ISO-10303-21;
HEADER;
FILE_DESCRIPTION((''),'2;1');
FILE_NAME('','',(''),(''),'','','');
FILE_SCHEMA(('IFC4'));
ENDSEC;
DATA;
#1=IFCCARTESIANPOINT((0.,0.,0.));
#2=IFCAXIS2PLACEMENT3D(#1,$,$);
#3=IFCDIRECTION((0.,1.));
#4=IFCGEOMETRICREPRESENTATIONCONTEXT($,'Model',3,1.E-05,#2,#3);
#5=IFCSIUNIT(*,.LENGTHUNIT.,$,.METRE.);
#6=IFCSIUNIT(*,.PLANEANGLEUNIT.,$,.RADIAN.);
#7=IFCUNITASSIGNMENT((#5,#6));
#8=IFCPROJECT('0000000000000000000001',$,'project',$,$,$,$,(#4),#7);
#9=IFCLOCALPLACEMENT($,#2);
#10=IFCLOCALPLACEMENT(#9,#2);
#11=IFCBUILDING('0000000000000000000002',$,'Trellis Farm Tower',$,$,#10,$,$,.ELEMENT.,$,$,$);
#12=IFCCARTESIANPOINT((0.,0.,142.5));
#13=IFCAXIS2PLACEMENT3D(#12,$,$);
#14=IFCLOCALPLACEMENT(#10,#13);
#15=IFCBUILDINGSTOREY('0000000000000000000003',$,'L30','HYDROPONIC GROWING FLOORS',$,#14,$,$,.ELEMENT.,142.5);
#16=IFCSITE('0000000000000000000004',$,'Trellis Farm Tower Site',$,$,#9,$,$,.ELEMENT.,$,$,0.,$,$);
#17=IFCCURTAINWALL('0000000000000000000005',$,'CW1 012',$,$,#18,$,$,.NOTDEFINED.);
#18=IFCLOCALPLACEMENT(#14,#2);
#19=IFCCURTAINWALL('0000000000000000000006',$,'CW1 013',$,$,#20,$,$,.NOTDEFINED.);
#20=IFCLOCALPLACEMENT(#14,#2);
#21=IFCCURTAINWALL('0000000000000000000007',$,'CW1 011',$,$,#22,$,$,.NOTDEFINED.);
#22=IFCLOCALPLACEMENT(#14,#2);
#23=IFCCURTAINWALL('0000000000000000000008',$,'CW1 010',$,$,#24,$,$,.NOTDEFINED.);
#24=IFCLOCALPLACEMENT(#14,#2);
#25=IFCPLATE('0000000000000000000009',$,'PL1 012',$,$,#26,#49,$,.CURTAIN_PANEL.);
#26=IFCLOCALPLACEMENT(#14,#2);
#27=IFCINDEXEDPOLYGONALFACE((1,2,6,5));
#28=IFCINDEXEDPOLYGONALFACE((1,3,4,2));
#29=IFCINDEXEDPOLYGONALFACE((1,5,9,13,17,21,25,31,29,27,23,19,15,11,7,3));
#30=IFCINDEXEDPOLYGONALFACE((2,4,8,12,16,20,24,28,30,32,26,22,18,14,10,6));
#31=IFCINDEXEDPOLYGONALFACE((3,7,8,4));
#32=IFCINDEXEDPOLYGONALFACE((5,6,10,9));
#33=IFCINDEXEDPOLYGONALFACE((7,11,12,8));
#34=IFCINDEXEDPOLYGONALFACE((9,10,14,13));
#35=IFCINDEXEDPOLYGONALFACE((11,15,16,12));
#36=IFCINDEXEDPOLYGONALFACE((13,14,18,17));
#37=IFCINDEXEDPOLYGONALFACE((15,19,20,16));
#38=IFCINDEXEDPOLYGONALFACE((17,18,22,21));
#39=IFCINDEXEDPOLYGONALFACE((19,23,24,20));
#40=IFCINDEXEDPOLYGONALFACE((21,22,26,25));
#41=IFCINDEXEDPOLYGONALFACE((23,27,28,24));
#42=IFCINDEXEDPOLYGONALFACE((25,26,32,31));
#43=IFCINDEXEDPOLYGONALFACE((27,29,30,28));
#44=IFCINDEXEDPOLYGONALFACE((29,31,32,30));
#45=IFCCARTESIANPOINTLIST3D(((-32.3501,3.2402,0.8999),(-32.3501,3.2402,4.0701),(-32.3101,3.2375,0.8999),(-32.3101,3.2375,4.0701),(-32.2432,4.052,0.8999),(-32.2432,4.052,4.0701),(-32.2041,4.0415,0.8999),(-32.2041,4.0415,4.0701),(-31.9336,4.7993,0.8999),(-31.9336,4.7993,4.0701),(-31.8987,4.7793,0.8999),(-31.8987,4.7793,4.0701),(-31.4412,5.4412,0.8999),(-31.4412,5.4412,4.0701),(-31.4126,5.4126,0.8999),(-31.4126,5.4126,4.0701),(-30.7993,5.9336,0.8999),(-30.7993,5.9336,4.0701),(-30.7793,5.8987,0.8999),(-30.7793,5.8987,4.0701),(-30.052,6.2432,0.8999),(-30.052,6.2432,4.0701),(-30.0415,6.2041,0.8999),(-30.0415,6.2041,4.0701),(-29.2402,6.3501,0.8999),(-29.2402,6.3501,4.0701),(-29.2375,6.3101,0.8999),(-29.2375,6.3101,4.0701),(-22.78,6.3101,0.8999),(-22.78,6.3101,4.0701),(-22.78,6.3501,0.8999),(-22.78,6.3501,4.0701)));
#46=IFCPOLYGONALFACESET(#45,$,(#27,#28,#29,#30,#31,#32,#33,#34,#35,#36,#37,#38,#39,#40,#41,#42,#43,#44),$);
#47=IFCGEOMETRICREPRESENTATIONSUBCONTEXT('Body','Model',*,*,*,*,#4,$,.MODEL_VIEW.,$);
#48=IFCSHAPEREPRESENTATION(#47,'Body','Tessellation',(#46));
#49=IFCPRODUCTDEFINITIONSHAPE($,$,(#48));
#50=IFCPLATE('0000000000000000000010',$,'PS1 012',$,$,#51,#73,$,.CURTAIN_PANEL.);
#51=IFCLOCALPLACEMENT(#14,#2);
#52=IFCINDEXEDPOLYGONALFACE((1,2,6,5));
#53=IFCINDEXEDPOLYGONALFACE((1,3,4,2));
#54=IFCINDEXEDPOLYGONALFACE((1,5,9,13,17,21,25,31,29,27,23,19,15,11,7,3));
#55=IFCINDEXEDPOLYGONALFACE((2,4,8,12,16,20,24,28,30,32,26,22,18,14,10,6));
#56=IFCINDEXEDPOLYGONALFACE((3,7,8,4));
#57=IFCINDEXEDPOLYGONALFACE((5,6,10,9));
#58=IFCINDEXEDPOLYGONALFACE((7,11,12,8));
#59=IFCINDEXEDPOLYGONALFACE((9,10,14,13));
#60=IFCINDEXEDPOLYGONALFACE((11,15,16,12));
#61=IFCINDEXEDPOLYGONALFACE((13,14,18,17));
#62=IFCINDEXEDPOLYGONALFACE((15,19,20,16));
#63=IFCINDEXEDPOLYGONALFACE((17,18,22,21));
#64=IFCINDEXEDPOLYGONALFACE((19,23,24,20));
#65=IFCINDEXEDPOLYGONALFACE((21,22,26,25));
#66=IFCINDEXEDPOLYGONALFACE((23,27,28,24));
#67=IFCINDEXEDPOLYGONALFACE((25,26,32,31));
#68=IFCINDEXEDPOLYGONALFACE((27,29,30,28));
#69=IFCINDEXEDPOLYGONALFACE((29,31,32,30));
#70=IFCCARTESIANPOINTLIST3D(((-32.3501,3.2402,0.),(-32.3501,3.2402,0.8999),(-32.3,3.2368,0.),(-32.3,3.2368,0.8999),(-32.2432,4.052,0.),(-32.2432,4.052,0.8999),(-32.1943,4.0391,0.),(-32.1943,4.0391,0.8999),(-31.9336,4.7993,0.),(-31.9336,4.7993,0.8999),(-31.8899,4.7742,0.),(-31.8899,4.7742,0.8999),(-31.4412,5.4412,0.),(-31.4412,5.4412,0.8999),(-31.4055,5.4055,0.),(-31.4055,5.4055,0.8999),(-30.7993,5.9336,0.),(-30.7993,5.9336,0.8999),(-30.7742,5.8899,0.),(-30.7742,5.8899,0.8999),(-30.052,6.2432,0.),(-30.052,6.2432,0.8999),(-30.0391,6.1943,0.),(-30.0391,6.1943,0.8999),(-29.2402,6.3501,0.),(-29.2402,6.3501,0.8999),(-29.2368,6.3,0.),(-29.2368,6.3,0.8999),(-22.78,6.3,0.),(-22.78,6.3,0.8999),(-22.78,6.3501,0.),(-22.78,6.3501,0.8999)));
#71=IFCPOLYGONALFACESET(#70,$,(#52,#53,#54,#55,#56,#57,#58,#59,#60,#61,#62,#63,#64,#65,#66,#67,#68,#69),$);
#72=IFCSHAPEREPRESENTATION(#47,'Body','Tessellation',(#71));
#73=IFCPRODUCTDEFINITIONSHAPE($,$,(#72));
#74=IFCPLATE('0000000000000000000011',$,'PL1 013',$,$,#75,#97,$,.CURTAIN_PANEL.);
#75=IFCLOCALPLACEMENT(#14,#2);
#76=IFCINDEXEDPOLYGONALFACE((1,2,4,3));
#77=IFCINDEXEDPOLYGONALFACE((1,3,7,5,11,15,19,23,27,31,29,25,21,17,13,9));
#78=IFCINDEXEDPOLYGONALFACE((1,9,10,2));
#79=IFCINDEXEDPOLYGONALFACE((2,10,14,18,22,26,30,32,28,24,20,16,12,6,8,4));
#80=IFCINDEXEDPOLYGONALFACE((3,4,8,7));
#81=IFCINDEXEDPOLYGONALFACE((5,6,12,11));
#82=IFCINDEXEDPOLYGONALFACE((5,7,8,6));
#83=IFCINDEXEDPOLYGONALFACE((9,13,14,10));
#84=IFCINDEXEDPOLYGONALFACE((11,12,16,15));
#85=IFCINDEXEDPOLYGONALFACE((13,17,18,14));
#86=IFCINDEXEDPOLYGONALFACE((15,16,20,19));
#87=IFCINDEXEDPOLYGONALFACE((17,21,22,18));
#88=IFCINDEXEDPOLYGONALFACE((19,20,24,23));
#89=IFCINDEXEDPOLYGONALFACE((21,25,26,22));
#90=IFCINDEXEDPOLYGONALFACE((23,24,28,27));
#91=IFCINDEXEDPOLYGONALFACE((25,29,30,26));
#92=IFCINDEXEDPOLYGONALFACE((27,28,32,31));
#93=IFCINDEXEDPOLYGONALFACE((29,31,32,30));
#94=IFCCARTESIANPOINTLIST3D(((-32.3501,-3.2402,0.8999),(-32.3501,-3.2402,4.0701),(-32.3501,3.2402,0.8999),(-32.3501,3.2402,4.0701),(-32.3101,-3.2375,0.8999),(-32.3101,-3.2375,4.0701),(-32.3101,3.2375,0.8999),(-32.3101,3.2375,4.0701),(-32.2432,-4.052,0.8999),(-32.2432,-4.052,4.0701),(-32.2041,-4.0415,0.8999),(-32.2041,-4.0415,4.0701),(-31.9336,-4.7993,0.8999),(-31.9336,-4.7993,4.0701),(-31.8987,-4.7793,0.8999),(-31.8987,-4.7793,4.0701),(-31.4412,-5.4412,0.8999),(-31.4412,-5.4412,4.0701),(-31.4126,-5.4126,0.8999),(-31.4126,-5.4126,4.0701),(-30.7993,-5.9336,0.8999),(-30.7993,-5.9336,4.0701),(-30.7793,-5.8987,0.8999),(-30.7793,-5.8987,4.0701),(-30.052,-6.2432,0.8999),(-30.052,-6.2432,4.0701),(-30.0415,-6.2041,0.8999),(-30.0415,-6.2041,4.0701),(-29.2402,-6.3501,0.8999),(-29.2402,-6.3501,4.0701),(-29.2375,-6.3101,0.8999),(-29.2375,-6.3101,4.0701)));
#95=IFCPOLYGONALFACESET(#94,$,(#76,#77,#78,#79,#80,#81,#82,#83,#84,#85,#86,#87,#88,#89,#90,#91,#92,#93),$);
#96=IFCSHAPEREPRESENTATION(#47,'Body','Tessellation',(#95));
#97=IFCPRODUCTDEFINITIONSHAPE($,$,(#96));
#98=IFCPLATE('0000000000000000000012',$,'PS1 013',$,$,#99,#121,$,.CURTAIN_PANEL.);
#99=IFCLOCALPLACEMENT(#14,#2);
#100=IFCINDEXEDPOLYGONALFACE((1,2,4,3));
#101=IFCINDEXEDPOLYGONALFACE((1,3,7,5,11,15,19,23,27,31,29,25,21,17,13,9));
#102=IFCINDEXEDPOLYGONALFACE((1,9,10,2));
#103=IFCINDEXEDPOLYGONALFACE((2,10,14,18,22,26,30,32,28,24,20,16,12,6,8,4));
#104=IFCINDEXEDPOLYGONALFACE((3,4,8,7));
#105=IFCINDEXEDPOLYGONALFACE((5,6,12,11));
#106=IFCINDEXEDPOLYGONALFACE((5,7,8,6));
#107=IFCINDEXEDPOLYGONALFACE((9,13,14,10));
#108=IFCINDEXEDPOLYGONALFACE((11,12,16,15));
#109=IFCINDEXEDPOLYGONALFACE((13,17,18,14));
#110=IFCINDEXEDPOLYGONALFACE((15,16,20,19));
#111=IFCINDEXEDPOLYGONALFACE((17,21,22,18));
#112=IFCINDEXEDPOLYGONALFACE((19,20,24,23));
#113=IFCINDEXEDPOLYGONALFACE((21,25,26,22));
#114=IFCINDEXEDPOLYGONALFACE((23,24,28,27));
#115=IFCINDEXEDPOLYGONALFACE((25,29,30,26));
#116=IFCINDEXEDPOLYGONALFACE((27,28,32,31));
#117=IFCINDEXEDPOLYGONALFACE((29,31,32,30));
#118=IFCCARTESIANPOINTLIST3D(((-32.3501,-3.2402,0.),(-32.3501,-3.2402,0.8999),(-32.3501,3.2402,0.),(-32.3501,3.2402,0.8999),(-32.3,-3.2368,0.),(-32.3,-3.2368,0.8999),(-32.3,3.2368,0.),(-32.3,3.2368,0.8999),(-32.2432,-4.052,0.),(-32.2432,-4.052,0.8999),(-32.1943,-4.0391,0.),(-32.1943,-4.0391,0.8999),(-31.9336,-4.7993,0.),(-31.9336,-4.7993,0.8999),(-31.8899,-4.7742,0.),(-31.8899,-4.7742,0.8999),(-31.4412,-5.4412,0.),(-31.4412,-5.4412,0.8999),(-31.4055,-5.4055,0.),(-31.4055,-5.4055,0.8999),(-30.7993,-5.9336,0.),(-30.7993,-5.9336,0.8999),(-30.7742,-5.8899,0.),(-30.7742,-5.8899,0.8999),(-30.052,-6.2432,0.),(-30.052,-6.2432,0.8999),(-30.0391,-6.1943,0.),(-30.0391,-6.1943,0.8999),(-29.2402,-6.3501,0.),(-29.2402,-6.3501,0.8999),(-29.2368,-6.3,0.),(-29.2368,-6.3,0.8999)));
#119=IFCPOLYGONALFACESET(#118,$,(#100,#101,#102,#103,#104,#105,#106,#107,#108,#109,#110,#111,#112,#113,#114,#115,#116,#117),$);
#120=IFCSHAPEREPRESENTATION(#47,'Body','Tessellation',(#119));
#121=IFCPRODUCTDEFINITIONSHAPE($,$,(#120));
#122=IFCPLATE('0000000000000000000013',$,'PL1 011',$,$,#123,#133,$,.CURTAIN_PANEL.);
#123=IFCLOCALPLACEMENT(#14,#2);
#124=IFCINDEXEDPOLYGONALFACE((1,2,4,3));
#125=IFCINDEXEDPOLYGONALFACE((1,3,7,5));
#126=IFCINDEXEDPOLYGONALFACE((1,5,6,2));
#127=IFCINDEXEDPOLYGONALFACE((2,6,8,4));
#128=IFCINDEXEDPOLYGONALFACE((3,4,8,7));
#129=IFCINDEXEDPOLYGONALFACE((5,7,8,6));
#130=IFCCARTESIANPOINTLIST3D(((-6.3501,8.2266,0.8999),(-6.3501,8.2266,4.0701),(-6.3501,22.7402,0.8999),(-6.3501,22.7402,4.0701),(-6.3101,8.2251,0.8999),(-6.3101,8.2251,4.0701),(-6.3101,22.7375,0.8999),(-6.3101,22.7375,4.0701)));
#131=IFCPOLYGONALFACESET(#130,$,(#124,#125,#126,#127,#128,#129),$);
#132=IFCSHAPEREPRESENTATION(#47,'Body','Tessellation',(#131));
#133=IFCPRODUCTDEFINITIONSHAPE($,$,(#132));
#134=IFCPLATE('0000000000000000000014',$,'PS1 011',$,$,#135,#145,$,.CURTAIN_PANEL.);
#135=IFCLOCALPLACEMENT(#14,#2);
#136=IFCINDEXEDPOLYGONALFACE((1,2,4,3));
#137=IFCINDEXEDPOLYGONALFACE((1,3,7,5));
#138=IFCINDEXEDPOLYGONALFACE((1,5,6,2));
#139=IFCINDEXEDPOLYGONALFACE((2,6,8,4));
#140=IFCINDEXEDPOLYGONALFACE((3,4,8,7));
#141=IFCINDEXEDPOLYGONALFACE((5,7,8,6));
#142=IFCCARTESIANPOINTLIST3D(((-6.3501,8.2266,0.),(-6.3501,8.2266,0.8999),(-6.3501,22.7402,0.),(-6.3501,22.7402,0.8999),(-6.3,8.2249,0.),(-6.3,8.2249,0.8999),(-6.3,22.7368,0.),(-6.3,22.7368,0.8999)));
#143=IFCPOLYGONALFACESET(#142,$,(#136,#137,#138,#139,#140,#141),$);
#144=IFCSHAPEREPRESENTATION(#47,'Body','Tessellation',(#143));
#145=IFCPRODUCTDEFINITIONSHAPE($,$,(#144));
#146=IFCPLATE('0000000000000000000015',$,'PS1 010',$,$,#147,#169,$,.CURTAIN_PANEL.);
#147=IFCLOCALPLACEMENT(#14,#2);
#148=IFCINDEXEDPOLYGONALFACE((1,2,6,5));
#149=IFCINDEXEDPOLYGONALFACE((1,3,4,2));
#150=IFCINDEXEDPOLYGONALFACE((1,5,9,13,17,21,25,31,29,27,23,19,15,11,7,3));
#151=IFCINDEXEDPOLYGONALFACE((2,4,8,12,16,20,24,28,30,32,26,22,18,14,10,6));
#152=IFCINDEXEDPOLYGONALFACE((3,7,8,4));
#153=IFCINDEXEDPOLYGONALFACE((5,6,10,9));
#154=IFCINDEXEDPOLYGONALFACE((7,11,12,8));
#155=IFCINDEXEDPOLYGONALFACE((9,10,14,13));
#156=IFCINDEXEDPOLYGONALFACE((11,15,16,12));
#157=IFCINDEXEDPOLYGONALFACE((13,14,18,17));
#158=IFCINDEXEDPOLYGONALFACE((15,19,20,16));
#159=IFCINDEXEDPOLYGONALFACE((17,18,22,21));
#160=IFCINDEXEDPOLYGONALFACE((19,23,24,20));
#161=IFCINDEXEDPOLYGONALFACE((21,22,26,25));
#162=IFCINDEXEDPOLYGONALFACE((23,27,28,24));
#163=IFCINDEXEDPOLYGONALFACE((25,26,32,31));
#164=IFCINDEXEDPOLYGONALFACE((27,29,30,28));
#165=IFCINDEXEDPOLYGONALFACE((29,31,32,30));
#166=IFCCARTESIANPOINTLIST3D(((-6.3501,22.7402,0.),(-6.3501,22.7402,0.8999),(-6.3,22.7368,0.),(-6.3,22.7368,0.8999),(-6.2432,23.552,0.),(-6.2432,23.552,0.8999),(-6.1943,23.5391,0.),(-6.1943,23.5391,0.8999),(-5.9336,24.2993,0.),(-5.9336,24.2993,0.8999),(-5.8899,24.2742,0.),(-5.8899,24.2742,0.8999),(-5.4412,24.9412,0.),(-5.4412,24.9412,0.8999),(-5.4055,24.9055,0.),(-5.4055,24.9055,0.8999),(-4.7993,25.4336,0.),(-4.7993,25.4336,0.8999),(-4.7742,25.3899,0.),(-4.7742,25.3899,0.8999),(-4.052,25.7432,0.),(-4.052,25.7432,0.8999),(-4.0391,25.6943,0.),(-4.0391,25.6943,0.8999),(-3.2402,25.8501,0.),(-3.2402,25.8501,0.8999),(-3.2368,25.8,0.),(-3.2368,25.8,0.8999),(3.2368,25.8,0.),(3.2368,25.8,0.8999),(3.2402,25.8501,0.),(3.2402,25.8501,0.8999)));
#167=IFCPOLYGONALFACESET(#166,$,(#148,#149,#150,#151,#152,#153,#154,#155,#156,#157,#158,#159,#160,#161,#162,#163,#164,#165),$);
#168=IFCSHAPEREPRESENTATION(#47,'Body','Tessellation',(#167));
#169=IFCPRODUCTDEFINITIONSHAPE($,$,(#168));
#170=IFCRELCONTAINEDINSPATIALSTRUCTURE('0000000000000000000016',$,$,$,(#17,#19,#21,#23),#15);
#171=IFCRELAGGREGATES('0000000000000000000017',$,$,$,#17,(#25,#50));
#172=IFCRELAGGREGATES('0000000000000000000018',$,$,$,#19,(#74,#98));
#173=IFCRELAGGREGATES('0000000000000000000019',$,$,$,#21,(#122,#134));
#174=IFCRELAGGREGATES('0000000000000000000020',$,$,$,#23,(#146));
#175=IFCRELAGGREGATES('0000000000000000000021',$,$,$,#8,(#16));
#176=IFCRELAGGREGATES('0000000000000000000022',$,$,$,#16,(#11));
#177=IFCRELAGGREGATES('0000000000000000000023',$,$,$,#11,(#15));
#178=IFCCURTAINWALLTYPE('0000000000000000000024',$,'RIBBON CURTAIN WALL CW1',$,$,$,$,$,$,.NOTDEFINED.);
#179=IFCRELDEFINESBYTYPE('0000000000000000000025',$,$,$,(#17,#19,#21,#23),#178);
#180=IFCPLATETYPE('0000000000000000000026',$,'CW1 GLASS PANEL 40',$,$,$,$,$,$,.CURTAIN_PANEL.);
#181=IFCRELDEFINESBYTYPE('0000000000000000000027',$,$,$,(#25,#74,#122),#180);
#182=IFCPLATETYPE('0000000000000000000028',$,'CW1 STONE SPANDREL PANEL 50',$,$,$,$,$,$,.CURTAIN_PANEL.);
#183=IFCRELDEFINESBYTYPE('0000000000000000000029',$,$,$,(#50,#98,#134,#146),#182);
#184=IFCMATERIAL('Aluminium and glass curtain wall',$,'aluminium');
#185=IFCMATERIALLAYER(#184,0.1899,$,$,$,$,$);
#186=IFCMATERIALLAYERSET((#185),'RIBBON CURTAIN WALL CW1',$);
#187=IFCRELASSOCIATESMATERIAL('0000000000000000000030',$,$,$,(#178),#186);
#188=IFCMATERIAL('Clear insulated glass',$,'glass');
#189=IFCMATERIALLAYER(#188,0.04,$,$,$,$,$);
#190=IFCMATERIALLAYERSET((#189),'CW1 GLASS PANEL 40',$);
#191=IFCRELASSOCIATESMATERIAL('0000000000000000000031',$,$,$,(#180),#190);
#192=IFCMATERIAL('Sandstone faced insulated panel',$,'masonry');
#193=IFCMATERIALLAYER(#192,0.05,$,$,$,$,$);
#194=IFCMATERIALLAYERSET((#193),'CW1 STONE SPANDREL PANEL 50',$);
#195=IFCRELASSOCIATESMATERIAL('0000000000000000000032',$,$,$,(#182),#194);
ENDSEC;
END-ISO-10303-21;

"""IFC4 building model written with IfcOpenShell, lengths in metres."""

from ifc_helpers import new_model, si_unit, direction, frame, origin, place, context, subcontext, project, spatial, polyline, outline, extrude, source, transform, mapped, material, layer, layer_set, type_object, element, aggregate, save


model = new_model("IFC4")

# Units and contexts
model_context = context("Model", 3, precision=1e-05, world=origin(), true_north=direction((0.0, 1.0)))
body_context = subcontext(model_context, "Body", "Model", "MODEL_VIEW")
ifc_project = project(units=[si_unit("LENGTHUNIT", "METRE"), si_unit("PLANEANGLEUNIT", "RADIAN")], contexts=[model_context])

# Site, building, storey
site_placement = place(None, origin())
site = spatial("IfcSite", under=ifc_project, at=site_placement, Name="Trellis Farm Tower Site", CompositionType="ELEMENT", RefElevation=0.0)
building_placement = place(site_placement, origin())
building = spatial("IfcBuilding", under=site, at=building_placement, Name="Trellis Farm Tower", CompositionType="ELEMENT")
storey_placement = place(building_placement, frame((0.0, 0.0, 142.5)))
storey = spatial("IfcBuildingStorey", under=building, at=storey_placement, Name="L30", Description="HYDROPONIC GROWING FLOORS", CompositionType="ELEMENT", Elevation=142.5)

# Curtain walls
ifc_material_1 = material(Name="Aluminium and glass curtain wall", Category="aluminium")
placement_1 = place(storey_placement, origin())
ifc_layer_1 = layer(ifc_material_1, 0.1899)
ifc_layer_set_1 = layer_set([ifc_layer_1], Name="RIBBON CURTAIN WALL CW1")
curtain_wall_type_1 = type_object("IfcCurtainWallType", Name="RIBBON CURTAIN WALL CW1", PredefinedType="NOTDEFINED", material=ifc_layer_set_1)
curtain_wall_1 = element("IfcCurtainWall", 1, at=placement_1, inside=storey, type_object=curtain_wall_type_1, Name="CW1 012", PredefinedType="NOTDEFINED")
curtain_wall_2 = element("IfcCurtainWall", 2, at=placement_1, inside=storey, type_object=curtain_wall_type_1, Name="CW1 013", PredefinedType="NOTDEFINED")
curtain_wall_3 = element("IfcCurtainWall", 3, at=placement_1, inside=storey, type_object=curtain_wall_type_1, Name="CW1 011", PredefinedType="NOTDEFINED")
curtain_wall_4 = element("IfcCurtainWall", 4, at=placement_1, inside=storey, type_object=curtain_wall_type_1, Name="CW1 010", PredefinedType="NOTDEFINED")

# Plates
ifc_material_2 = material(Name="Clear insulated glass", Category="glass")
ifc_layer_2 = layer(ifc_material_2, 0.04)
ifc_layer_set_2 = layer_set([ifc_layer_2], Name="CW1 GLASS PANEL 40")
plate_type_1 = type_object("IfcPlateType", Name="CW1 GLASS PANEL 40", PredefinedType="CURTAIN_PANEL", material=ifc_layer_set_2)
shared_shape_1 = source(origin(), body_context, "Body", "SweptSolid", [
    extrude(outline(polyline([(-22.78, 6.3501), (-29.2402, 6.3501), (-30.052, 6.2432), (-30.7993, 5.9336), (-31.4412, 5.4412), (-31.9336, 4.7993), (-32.2432, 4.052), (-32.3501, 3.2402), (-32.3101, 3.2375), (-32.2041, 4.0415), (-31.8987, 4.7793), (-31.4126, 5.4126), (-30.7793, 5.8987), (-30.0415, 6.2041), (-29.2375, 6.3101), (-22.78, 6.3101), (-22.78, 6.3501)])), origin(), (0.0, 0.0, 1.0), 3.1702),
])
placement_2 = place(storey_placement, frame((0.0, 0.0, 0.8999)))
plate_1 = element("IfcPlate", 5, at=placement_2, type_object=plate_type_1, Name="PL1 012", PredefinedType="CURTAIN_PANEL", context=body_context, shape_type="MappedRepresentation", body=[
    mapped(shared_shape_1, transform((0.0, 0.0, 0.0))),
])
ifc_material_3 = material(Name="Sandstone faced insulated panel", Category="masonry")
ifc_layer_3 = layer(ifc_material_3, 0.05)
ifc_layer_set_3 = layer_set([ifc_layer_3], Name="CW1 STONE SPANDREL PANEL 50")
plate_type_2 = type_object("IfcPlateType", Name="CW1 STONE SPANDREL PANEL 50", PredefinedType="CURTAIN_PANEL", material=ifc_layer_set_3)
shared_shape_2 = source(origin(), body_context, "Body", "SweptSolid", [
    extrude(outline(polyline([(-22.78, 6.3501), (-29.2402, 6.3501), (-30.052, 6.2432), (-30.7993, 5.9336), (-31.4412, 5.4412), (-31.9336, 4.7993), (-32.2432, 4.052), (-32.3501, 3.2402), (-32.3, 3.2368), (-32.1943, 4.0391), (-31.8899, 4.7742), (-31.4055, 5.4055), (-30.7742, 5.8899), (-30.0391, 6.1943), (-29.2368, 6.3), (-22.78, 6.3), (-22.78, 6.3501)])), origin(), (0.0, 0.0, 1.0), 0.8999),
])
plate_2 = element("IfcPlate", 6, at=placement_1, type_object=plate_type_2, Name="PS1 012", PredefinedType="CURTAIN_PANEL", context=body_context, shape_type="MappedRepresentation", body=[
    mapped(shared_shape_2, transform((0.0, 0.0, 0.0))),
])
aggregate(curtain_wall_1, [plate_1, plate_2])
shared_shape_3 = source(origin(), body_context, "Body", "SweptSolid", [
    extrude(outline(polyline([(-32.3501, 3.2402), (-32.3501, -3.2402), (-32.2432, -4.052), (-31.9336, -4.7993), (-31.4412, -5.4412), (-30.7993, -5.9336), (-30.052, -6.2432), (-29.2402, -6.3501), (-29.2375, -6.3101), (-30.0415, -6.2041), (-30.7793, -5.8987), (-31.4126, -5.4126), (-31.8987, -4.7793), (-32.2041, -4.0415), (-32.3101, -3.2375), (-32.3101, 3.2375), (-32.3501, 3.2402)])), origin(), (0.0, 0.0, 1.0), 3.1702),
])
plate_3 = element("IfcPlate", 7, at=placement_2, type_object=plate_type_1, Name="PL1 013", PredefinedType="CURTAIN_PANEL", context=body_context, shape_type="MappedRepresentation", body=[
    mapped(shared_shape_3, transform((0.0, 0.0, 0.0))),
])
shared_shape_4 = source(origin(), body_context, "Body", "SweptSolid", [
    extrude(outline(polyline([(-32.3501, 3.2402), (-32.3501, -3.2402), (-32.2432, -4.052), (-31.9336, -4.7993), (-31.4412, -5.4412), (-30.7993, -5.9336), (-30.052, -6.2432), (-29.2402, -6.3501), (-29.2368, -6.3), (-30.0391, -6.1943), (-30.7742, -5.8899), (-31.4055, -5.4055), (-31.8899, -4.7742), (-32.1943, -4.0391), (-32.3, -3.2368), (-32.3, 3.2368), (-32.3501, 3.2402)])), origin(), (0.0, 0.0, 1.0), 0.8999),
])
plate_4 = element("IfcPlate", 8, at=placement_1, type_object=plate_type_2, Name="PS1 013", PredefinedType="CURTAIN_PANEL", context=body_context, shape_type="MappedRepresentation", body=[
    mapped(shared_shape_4, transform((0.0, 0.0, 0.0))),
])
aggregate(curtain_wall_2, [plate_3, plate_4])
shared_shape_5 = source(origin(), body_context, "Body", "SweptSolid", [
    extrude(outline(polyline([(-6.3501, 22.7402), (-6.3501, 8.2266), (-6.3101, 8.2251), (-6.3101, 22.7375), (-6.3501, 22.7402)])), origin(), (0.0, 0.0, 1.0), 3.1702),
])
plate_5 = element("IfcPlate", 9, at=placement_2, type_object=plate_type_1, Name="PL1 011", PredefinedType="CURTAIN_PANEL", context=body_context, shape_type="MappedRepresentation", body=[
    mapped(shared_shape_5, transform((0.0, 0.0, 0.0))),
])
shared_shape_6 = source(origin(), body_context, "Body", "SweptSolid", [
    extrude(outline(polyline([(-6.3501, 22.7402), (-6.3501, 8.2266), (-6.3, 8.2249), (-6.3, 22.7368), (-6.3501, 22.7402)])), origin(), (0.0, 0.0, 1.0), 0.8999),
])
plate_6 = element("IfcPlate", 10, at=placement_1, type_object=plate_type_2, Name="PS1 011", PredefinedType="CURTAIN_PANEL", context=body_context, shape_type="MappedRepresentation", body=[
    mapped(shared_shape_6, transform((0.0, 0.0, 0.0))),
])
aggregate(curtain_wall_3, [plate_5, plate_6])
shared_shape_7 = source(origin(), body_context, "Body", "SweptSolid", [
    extrude(outline(polyline([(3.2402, 25.8501), (-3.2402, 25.8501), (-4.052, 25.7432), (-4.7993, 25.4336), (-5.4412, 24.9412), (-5.9336, 24.2993), (-6.2432, 23.552), (-6.3501, 22.7402), (-6.3, 22.7368), (-6.1943, 23.5391), (-5.8899, 24.2742), (-5.4055, 24.9055), (-4.7742, 25.3899), (-4.0391, 25.6943), (-3.2368, 25.8), (3.2368, 25.8), (3.2402, 25.8501)])), origin(), (0.0, 0.0, 1.0), 0.8999),
])
plate_7 = element("IfcPlate", 11, at=placement_1, type_object=plate_type_2, Name="PS1 010", PredefinedType="CURTAIN_PANEL", context=body_context, shape_type="MappedRepresentation", body=[
    mapped(shared_shape_7, transform((0.0, 0.0, 0.0))),
])
aggregate(curtain_wall_4, [plate_7])

save(model, "model.ifc")
